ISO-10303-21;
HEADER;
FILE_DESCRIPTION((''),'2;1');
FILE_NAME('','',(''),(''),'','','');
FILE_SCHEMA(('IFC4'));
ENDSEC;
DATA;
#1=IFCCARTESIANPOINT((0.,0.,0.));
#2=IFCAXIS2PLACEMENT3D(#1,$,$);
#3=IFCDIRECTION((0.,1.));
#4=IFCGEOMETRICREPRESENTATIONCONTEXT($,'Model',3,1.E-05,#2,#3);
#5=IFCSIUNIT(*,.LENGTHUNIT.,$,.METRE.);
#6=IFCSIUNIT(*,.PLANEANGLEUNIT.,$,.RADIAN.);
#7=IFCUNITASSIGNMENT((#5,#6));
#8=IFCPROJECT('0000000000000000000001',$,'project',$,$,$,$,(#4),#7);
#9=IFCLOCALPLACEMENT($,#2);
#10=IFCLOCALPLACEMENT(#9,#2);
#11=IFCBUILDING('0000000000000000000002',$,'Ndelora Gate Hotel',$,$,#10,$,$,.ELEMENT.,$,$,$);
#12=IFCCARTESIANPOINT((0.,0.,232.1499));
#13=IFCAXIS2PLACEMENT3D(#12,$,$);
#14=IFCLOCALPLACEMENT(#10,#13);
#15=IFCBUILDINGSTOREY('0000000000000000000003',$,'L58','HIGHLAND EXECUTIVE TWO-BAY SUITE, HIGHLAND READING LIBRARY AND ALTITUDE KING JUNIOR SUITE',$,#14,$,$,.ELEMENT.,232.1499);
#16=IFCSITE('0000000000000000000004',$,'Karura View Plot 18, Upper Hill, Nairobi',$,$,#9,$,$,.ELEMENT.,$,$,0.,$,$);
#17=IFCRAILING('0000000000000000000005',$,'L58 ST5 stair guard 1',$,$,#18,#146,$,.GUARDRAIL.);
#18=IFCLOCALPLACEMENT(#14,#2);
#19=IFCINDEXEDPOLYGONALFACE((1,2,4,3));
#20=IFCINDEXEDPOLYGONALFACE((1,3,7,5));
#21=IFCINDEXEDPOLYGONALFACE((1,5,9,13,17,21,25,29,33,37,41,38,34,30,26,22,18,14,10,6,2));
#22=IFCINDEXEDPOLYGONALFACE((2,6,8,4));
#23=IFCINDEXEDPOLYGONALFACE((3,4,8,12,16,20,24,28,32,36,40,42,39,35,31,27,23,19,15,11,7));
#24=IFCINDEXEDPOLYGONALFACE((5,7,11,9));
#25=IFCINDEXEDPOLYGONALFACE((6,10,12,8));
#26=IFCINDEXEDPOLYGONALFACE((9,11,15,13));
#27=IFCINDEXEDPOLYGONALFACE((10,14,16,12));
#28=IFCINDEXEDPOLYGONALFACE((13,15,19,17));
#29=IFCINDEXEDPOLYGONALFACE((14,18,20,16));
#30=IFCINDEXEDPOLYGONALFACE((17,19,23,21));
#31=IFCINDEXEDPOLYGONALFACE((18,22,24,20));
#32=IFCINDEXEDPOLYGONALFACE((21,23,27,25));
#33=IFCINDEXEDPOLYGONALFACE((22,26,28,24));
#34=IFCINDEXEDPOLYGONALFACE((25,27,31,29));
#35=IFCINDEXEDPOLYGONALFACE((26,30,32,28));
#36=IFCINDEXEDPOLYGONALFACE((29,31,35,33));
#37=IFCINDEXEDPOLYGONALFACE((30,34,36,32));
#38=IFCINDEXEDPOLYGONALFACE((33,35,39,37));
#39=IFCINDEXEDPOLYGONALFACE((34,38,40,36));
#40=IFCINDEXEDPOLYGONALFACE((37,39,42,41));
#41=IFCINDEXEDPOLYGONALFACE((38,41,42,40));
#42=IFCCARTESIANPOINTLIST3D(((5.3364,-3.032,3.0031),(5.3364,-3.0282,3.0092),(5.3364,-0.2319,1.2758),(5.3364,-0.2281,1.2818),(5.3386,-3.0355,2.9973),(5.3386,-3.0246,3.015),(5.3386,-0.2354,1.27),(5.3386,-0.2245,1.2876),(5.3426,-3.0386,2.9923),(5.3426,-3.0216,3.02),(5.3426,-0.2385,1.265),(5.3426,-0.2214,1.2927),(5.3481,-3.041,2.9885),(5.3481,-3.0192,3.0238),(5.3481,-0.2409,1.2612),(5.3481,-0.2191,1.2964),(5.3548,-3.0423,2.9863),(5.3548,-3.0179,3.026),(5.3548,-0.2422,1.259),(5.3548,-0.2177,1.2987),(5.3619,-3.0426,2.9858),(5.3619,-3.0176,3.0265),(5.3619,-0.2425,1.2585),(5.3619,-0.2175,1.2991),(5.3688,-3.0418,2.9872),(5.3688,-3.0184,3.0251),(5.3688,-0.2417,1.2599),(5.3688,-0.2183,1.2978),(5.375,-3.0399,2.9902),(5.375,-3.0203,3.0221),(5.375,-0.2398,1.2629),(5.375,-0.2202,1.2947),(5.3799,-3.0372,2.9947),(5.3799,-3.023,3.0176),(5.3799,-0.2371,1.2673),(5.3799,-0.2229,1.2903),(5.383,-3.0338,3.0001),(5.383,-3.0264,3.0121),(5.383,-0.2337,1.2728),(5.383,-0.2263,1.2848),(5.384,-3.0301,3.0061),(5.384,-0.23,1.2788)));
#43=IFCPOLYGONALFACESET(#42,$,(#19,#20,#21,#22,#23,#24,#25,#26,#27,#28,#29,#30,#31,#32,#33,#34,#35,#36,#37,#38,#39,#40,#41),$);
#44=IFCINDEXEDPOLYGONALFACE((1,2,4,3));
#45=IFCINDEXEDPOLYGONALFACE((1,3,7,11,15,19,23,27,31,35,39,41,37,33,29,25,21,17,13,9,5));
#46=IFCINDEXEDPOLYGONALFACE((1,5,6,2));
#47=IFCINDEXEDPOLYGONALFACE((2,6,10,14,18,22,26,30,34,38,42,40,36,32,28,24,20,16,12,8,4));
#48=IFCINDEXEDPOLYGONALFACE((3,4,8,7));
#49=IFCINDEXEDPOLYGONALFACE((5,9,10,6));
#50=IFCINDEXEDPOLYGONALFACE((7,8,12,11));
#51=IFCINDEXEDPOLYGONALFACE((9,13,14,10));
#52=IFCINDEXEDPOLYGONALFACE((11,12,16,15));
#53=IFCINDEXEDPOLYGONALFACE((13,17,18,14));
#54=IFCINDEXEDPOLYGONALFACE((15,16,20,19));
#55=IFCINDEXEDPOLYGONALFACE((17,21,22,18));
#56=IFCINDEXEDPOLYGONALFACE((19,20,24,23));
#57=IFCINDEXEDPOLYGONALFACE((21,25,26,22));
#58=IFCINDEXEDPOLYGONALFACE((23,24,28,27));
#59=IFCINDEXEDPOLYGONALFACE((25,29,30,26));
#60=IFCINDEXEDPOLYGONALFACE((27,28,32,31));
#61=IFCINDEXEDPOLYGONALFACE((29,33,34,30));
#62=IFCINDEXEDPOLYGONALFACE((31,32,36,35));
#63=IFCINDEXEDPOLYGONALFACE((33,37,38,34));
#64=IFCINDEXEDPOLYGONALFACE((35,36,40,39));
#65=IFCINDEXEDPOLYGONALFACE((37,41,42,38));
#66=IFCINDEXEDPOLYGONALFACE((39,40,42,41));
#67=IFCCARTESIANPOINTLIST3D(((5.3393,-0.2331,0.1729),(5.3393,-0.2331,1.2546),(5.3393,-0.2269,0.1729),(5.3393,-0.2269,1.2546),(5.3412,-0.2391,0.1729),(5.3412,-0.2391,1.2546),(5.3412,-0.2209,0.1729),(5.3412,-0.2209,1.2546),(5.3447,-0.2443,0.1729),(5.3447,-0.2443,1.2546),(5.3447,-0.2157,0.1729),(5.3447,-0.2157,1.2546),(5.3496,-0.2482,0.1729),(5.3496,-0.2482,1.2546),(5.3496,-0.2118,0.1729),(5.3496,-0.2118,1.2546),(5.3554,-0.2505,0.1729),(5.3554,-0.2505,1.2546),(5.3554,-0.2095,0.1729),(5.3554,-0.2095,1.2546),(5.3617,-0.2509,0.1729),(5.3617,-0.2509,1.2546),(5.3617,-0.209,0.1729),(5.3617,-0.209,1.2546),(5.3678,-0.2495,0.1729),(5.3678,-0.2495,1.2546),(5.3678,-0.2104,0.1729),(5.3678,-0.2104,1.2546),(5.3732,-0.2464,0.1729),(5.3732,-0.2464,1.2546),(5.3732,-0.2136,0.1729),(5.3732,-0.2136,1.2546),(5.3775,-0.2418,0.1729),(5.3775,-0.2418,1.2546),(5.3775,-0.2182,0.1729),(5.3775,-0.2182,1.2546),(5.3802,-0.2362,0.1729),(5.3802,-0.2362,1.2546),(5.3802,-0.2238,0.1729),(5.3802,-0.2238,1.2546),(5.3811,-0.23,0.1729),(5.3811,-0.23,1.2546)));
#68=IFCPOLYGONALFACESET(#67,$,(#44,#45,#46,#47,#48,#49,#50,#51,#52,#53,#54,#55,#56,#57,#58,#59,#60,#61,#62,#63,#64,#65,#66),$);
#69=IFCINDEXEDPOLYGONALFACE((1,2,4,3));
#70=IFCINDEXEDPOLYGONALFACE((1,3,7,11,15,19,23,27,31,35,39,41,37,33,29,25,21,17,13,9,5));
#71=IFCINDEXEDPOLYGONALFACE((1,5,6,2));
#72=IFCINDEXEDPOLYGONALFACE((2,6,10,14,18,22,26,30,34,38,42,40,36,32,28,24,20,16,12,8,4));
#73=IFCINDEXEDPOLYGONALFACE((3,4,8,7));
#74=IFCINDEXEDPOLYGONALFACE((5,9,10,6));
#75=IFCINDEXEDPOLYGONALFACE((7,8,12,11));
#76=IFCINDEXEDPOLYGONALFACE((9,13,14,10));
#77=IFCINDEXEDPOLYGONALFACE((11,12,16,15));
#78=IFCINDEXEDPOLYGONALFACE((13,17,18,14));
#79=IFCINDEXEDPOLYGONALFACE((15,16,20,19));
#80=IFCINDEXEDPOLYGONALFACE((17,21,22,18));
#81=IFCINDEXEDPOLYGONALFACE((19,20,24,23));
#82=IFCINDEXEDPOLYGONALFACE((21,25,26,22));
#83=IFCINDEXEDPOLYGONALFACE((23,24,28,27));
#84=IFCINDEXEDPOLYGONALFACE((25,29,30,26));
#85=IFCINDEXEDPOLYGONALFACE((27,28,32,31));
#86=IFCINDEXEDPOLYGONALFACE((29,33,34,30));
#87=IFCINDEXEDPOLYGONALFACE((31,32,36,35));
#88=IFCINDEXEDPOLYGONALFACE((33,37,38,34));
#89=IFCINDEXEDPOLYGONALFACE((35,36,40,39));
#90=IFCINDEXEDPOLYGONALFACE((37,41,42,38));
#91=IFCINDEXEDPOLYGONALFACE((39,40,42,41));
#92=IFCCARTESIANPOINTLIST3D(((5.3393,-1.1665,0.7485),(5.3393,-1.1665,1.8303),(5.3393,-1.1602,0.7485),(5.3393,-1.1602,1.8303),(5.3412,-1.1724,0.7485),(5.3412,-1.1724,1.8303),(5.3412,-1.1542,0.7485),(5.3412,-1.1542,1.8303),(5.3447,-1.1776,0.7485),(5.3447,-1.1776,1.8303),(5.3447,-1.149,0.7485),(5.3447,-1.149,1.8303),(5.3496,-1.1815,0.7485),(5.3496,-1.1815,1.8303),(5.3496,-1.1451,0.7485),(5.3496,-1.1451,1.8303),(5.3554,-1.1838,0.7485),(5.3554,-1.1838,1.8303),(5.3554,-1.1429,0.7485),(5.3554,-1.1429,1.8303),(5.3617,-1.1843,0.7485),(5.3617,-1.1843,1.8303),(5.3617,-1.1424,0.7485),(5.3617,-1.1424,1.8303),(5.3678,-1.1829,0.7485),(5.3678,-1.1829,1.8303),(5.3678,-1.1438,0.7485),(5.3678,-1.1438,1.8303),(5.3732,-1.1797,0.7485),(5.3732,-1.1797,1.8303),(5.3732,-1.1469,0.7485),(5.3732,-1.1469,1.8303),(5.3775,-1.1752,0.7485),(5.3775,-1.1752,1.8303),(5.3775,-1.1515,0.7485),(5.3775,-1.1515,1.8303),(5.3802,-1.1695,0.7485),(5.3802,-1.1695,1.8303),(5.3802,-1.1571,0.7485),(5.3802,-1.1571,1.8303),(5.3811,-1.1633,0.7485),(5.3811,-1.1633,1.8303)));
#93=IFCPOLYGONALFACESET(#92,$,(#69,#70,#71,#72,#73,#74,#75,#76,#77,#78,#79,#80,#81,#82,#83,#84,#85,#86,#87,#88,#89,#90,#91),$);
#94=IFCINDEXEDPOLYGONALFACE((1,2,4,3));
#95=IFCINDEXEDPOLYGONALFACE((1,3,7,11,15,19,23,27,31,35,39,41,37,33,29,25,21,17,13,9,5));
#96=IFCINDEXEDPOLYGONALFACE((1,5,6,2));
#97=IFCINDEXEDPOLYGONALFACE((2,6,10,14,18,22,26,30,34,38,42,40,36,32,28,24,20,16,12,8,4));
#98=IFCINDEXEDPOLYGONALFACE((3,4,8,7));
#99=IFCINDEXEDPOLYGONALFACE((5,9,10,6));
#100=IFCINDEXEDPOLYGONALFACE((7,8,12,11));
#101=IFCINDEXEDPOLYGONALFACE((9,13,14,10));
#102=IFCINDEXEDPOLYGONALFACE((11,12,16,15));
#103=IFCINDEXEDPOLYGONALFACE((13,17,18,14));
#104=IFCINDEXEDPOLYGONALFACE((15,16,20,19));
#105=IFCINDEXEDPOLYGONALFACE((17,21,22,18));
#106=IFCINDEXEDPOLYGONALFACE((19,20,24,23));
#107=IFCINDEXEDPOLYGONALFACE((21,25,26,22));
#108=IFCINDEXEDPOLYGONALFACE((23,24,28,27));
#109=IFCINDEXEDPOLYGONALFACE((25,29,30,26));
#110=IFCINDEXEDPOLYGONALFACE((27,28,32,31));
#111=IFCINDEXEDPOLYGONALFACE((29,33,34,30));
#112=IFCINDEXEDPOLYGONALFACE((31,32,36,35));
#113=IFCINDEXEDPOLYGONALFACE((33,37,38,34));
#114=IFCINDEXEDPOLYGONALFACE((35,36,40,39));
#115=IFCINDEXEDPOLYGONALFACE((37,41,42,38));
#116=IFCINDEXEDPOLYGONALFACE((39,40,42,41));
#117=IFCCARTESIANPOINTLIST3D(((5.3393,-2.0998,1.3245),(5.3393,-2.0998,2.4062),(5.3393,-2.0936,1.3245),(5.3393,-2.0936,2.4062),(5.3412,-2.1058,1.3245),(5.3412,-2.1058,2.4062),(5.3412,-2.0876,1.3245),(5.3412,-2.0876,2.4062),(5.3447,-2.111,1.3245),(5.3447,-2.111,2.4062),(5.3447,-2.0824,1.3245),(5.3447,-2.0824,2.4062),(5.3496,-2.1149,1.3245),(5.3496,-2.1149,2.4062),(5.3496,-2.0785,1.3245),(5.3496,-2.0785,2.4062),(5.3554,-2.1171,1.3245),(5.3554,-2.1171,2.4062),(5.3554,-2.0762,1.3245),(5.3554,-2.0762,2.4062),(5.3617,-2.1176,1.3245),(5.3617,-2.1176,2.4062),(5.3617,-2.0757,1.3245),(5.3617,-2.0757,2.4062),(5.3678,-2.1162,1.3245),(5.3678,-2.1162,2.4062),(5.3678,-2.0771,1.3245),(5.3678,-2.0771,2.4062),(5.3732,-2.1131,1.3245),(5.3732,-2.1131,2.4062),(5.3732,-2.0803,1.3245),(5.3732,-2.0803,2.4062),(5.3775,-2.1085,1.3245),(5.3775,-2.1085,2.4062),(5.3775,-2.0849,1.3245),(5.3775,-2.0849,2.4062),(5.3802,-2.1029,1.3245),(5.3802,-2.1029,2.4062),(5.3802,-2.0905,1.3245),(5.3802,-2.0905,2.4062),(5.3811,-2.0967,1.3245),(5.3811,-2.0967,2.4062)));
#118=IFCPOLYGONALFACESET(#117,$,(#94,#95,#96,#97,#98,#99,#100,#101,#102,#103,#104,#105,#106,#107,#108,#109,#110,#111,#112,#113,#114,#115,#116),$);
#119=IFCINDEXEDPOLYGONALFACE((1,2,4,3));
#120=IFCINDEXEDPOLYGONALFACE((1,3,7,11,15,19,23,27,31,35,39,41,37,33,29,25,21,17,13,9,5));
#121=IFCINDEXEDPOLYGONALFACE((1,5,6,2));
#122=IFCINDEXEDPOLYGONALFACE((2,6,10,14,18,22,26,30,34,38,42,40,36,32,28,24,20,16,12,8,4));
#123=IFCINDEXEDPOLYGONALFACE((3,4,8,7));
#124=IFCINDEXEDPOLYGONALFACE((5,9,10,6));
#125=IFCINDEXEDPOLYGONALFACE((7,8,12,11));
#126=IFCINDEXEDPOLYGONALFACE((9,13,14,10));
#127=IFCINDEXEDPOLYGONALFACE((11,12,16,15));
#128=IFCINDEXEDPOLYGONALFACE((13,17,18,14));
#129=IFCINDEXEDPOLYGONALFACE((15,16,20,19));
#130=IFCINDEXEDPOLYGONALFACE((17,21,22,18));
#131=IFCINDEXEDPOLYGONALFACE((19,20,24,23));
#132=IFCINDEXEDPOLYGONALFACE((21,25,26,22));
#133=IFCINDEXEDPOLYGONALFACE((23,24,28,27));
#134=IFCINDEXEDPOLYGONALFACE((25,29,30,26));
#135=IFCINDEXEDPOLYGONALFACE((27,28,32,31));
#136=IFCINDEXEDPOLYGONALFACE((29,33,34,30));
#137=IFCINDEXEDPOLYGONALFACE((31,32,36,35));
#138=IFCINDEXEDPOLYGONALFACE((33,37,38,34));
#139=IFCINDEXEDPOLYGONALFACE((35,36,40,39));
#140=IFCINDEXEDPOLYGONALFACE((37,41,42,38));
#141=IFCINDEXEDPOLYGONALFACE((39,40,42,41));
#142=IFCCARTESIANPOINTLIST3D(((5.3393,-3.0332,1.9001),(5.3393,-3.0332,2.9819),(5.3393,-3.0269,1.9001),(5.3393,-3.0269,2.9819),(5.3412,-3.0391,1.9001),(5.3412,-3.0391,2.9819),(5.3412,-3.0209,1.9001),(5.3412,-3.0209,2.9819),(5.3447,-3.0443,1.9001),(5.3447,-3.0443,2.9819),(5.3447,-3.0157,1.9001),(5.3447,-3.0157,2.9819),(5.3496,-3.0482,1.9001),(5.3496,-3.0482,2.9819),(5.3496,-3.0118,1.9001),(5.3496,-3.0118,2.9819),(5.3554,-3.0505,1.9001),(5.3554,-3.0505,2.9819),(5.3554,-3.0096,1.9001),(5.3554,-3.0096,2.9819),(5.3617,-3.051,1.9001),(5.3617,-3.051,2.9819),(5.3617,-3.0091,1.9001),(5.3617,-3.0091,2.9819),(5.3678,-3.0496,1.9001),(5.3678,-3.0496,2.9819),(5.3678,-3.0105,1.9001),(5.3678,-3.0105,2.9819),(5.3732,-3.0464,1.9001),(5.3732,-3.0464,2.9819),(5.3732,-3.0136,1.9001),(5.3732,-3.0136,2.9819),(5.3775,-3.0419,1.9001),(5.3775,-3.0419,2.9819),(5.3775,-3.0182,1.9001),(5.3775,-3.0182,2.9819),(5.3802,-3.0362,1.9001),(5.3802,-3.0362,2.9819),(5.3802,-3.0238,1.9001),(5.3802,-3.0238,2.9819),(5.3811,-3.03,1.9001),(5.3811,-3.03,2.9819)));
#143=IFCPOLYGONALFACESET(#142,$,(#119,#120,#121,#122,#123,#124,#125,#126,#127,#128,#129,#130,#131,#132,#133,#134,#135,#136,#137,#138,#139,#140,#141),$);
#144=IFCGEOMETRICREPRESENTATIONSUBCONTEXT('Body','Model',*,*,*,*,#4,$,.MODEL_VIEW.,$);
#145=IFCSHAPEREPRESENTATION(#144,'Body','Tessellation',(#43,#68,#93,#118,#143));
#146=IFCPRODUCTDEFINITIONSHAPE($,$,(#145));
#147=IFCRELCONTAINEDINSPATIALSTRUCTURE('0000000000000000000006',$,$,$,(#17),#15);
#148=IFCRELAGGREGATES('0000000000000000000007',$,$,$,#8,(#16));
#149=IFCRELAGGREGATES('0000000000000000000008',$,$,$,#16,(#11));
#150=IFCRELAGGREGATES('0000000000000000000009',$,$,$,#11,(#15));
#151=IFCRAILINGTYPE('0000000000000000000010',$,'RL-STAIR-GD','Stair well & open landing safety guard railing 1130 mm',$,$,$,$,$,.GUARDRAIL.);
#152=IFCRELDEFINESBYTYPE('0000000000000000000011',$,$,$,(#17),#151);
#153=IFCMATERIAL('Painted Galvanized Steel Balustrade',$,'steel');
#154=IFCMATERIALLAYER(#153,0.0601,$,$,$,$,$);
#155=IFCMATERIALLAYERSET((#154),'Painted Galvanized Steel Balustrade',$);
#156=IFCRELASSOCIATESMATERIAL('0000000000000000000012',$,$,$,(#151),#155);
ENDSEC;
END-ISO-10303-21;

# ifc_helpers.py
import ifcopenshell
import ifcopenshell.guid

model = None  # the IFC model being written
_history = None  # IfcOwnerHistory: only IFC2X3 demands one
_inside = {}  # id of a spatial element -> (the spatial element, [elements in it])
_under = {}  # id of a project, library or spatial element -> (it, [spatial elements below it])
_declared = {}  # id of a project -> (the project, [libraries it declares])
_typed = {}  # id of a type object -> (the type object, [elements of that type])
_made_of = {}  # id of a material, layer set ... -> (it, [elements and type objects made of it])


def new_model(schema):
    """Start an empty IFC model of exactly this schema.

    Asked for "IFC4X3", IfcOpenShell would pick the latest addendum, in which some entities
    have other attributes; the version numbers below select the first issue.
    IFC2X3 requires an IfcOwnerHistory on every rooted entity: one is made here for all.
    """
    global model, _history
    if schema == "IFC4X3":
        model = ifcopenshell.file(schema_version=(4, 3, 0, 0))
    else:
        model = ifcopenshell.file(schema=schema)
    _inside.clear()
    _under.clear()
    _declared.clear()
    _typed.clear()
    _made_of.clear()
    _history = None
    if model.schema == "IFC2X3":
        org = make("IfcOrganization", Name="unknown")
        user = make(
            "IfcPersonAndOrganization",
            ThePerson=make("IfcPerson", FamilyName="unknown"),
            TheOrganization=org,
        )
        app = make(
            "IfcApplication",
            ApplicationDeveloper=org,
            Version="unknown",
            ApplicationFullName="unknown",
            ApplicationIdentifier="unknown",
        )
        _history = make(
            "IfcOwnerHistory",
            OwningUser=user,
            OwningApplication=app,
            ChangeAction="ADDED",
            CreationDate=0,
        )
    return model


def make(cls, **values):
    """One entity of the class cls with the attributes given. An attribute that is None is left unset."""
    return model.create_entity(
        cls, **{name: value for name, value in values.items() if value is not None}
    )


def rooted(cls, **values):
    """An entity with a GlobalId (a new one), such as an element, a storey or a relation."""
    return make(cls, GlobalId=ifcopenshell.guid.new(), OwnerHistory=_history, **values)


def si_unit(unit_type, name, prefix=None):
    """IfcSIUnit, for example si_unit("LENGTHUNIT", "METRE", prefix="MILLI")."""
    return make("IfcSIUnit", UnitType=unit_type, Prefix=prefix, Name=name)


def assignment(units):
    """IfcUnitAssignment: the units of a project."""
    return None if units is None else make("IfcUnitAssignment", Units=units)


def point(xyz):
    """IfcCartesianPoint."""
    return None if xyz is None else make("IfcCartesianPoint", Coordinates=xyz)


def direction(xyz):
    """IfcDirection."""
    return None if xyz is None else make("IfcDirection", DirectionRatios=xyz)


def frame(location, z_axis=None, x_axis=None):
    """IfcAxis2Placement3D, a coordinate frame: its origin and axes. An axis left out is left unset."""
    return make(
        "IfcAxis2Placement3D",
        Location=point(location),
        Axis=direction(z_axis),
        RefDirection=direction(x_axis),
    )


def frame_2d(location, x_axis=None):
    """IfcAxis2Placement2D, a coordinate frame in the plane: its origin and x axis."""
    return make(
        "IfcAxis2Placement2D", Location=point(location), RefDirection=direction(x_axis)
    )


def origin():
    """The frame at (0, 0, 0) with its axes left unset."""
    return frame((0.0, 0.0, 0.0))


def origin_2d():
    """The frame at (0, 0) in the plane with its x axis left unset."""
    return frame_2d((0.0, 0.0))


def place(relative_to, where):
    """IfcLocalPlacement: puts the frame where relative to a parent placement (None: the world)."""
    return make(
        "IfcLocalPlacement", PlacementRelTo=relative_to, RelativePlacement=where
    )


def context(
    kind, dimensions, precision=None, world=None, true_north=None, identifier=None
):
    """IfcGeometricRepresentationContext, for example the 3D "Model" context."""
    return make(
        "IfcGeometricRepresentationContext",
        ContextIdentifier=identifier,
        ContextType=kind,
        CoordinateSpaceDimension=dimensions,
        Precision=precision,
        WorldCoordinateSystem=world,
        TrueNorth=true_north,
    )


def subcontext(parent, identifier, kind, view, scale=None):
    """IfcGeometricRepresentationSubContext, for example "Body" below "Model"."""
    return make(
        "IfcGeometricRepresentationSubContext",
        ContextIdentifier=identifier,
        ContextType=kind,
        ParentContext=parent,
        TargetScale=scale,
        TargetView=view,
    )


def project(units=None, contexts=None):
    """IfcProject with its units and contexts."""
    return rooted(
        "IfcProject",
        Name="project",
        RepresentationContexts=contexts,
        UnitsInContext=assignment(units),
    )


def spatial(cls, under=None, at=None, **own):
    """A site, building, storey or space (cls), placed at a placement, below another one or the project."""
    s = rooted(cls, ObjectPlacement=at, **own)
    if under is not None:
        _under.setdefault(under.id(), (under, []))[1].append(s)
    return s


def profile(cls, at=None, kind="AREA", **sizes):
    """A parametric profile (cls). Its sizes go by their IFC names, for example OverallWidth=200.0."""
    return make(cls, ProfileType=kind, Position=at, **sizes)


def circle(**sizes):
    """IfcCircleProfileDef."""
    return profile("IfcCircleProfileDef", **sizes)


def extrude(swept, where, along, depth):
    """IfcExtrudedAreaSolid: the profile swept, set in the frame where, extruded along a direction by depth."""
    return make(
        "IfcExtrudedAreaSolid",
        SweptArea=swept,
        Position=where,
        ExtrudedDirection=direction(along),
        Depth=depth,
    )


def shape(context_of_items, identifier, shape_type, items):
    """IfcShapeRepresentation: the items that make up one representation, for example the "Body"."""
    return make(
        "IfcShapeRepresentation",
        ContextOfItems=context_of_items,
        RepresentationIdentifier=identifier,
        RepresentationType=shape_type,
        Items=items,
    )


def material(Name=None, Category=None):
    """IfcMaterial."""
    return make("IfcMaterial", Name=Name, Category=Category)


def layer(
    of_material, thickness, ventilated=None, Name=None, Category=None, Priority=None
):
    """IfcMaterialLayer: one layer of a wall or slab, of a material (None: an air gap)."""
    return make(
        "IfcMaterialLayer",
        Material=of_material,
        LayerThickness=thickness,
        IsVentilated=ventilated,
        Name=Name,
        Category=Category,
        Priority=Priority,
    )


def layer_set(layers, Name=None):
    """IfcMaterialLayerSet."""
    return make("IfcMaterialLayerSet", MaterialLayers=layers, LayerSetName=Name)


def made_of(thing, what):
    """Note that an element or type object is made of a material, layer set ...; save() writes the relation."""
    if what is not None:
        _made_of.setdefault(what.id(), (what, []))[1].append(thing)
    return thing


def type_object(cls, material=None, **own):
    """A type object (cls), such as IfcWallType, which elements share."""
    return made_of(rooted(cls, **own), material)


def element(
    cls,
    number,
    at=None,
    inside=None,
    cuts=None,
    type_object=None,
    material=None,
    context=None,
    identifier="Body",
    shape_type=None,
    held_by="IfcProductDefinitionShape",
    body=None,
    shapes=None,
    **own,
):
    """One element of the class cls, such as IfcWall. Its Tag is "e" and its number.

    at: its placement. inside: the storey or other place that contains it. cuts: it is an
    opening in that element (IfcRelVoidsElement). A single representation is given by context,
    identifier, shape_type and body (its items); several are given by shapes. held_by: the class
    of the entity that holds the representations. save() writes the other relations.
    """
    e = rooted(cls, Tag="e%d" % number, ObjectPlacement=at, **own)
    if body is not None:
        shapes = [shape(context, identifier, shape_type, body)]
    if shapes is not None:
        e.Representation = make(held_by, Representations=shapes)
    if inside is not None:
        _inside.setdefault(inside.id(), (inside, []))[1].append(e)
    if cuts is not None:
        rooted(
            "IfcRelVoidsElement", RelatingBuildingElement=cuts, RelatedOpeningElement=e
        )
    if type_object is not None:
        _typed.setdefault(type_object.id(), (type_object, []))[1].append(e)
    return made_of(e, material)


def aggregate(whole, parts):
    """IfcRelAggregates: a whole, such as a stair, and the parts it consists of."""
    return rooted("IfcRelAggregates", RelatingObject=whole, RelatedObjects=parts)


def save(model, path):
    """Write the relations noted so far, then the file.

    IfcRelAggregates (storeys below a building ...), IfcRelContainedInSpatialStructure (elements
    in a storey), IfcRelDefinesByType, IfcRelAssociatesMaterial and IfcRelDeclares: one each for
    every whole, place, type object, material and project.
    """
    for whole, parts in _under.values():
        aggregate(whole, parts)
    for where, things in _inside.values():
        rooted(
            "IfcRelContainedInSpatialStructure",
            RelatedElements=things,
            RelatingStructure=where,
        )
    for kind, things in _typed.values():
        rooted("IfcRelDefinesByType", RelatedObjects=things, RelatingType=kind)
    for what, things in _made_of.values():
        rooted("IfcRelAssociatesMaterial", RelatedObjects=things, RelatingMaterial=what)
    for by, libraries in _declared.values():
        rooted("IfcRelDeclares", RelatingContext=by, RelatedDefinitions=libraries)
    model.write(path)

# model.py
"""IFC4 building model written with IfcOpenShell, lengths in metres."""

from ifc_helpers import new_model, si_unit, direction, frame, origin, origin_2d, place, context, subcontext, project, spatial, circle, extrude, material, layer, layer_set, type_object, element, save


model = new_model("IFC4")

# Units and contexts
model_context = context("Model", 3, precision=1e-05, world=origin(), true_north=direction((0.0, 1.0)))
body_context = subcontext(model_context, "Body", "Model", "MODEL_VIEW")
ifc_project = project(units=[si_unit("LENGTHUNIT", "METRE"), si_unit("PLANEANGLEUNIT", "RADIAN")], contexts=[model_context])

# Site, building, storey
site_placement = place(None, origin())
site = spatial("IfcSite", under=ifc_project, at=site_placement, Name="Karura View Plot 18, Upper Hill, Nairobi", CompositionType="ELEMENT", RefElevation=0.0)
building_placement = place(site_placement, origin())
building = spatial("IfcBuilding", under=site, at=building_placement, Name="Ndelora Gate Hotel", CompositionType="ELEMENT")
storey_placement = place(building_placement, frame((0.0, 0.0, 232.1499)))
storey = spatial("IfcBuildingStorey", under=building, at=storey_placement, Name="L58", Description="HIGHLAND EXECUTIVE TWO-BAY SUITE, HIGHLAND READING LIBRARY AND ALTITUDE KING JUNIOR SUITE", CompositionType="ELEMENT", Elevation=232.1499)

# Railing
ifc_material_1 = material(Name="Painted Galvanized Steel Balustrade", Category="steel")
ifc_layer_1 = layer(ifc_material_1, 0.0601)
ifc_layer_set_1 = layer_set([ifc_layer_1], Name="Painted Galvanized Steel Balustrade")
railing_type_1 = type_object("IfcRailingType", Name="RL-STAIR-GD", Description="Stair well & open landing safety guard railing 1130 mm", PredefinedType="GUARDRAIL", material=ifc_layer_set_1)
railing_1_placement = place(storey_placement, frame((5.3601, -0.23, 0.1729)))
element("IfcRailing", 1, at=railing_1_placement, inside=storey, type_object=railing_type_1, Name="L58 ST5 stair guard 1", PredefinedType="GUARDRAIL", context=body_context, shape_type="SweptSolid", body=[
    extrude(circle(Radius=0.0239, at=origin_2d()), frame((0.0, 0.0, 1.106), z_axis=(0.0, -0.85109, 0.52502), x_axis=(1.0, 0.0, 0.0)), (0.0, 0.0, 1.0), 3.29),
    extrude(circle(Radius=0.021, at=origin_2d()), origin(), (0.0, 0.0, 1.0), 1.0818),
    extrude(circle(Radius=0.021, at=origin_2d()), frame((0.0, -0.9333, 0.5757)), (0.0, 0.0, 1.0), 1.0818),
    extrude(circle(Radius=0.021, at=origin_2d()), frame((0.0, -1.8667, 1.1516)), (0.0, 0.0, 1.0), 1.0818),
    extrude(circle(Radius=0.021, at=origin_2d()), frame((0.0, -2.8, 1.7273)), (0.0, 0.0, 1.0), 1.0818),
])

save(model, "model.ifc")
